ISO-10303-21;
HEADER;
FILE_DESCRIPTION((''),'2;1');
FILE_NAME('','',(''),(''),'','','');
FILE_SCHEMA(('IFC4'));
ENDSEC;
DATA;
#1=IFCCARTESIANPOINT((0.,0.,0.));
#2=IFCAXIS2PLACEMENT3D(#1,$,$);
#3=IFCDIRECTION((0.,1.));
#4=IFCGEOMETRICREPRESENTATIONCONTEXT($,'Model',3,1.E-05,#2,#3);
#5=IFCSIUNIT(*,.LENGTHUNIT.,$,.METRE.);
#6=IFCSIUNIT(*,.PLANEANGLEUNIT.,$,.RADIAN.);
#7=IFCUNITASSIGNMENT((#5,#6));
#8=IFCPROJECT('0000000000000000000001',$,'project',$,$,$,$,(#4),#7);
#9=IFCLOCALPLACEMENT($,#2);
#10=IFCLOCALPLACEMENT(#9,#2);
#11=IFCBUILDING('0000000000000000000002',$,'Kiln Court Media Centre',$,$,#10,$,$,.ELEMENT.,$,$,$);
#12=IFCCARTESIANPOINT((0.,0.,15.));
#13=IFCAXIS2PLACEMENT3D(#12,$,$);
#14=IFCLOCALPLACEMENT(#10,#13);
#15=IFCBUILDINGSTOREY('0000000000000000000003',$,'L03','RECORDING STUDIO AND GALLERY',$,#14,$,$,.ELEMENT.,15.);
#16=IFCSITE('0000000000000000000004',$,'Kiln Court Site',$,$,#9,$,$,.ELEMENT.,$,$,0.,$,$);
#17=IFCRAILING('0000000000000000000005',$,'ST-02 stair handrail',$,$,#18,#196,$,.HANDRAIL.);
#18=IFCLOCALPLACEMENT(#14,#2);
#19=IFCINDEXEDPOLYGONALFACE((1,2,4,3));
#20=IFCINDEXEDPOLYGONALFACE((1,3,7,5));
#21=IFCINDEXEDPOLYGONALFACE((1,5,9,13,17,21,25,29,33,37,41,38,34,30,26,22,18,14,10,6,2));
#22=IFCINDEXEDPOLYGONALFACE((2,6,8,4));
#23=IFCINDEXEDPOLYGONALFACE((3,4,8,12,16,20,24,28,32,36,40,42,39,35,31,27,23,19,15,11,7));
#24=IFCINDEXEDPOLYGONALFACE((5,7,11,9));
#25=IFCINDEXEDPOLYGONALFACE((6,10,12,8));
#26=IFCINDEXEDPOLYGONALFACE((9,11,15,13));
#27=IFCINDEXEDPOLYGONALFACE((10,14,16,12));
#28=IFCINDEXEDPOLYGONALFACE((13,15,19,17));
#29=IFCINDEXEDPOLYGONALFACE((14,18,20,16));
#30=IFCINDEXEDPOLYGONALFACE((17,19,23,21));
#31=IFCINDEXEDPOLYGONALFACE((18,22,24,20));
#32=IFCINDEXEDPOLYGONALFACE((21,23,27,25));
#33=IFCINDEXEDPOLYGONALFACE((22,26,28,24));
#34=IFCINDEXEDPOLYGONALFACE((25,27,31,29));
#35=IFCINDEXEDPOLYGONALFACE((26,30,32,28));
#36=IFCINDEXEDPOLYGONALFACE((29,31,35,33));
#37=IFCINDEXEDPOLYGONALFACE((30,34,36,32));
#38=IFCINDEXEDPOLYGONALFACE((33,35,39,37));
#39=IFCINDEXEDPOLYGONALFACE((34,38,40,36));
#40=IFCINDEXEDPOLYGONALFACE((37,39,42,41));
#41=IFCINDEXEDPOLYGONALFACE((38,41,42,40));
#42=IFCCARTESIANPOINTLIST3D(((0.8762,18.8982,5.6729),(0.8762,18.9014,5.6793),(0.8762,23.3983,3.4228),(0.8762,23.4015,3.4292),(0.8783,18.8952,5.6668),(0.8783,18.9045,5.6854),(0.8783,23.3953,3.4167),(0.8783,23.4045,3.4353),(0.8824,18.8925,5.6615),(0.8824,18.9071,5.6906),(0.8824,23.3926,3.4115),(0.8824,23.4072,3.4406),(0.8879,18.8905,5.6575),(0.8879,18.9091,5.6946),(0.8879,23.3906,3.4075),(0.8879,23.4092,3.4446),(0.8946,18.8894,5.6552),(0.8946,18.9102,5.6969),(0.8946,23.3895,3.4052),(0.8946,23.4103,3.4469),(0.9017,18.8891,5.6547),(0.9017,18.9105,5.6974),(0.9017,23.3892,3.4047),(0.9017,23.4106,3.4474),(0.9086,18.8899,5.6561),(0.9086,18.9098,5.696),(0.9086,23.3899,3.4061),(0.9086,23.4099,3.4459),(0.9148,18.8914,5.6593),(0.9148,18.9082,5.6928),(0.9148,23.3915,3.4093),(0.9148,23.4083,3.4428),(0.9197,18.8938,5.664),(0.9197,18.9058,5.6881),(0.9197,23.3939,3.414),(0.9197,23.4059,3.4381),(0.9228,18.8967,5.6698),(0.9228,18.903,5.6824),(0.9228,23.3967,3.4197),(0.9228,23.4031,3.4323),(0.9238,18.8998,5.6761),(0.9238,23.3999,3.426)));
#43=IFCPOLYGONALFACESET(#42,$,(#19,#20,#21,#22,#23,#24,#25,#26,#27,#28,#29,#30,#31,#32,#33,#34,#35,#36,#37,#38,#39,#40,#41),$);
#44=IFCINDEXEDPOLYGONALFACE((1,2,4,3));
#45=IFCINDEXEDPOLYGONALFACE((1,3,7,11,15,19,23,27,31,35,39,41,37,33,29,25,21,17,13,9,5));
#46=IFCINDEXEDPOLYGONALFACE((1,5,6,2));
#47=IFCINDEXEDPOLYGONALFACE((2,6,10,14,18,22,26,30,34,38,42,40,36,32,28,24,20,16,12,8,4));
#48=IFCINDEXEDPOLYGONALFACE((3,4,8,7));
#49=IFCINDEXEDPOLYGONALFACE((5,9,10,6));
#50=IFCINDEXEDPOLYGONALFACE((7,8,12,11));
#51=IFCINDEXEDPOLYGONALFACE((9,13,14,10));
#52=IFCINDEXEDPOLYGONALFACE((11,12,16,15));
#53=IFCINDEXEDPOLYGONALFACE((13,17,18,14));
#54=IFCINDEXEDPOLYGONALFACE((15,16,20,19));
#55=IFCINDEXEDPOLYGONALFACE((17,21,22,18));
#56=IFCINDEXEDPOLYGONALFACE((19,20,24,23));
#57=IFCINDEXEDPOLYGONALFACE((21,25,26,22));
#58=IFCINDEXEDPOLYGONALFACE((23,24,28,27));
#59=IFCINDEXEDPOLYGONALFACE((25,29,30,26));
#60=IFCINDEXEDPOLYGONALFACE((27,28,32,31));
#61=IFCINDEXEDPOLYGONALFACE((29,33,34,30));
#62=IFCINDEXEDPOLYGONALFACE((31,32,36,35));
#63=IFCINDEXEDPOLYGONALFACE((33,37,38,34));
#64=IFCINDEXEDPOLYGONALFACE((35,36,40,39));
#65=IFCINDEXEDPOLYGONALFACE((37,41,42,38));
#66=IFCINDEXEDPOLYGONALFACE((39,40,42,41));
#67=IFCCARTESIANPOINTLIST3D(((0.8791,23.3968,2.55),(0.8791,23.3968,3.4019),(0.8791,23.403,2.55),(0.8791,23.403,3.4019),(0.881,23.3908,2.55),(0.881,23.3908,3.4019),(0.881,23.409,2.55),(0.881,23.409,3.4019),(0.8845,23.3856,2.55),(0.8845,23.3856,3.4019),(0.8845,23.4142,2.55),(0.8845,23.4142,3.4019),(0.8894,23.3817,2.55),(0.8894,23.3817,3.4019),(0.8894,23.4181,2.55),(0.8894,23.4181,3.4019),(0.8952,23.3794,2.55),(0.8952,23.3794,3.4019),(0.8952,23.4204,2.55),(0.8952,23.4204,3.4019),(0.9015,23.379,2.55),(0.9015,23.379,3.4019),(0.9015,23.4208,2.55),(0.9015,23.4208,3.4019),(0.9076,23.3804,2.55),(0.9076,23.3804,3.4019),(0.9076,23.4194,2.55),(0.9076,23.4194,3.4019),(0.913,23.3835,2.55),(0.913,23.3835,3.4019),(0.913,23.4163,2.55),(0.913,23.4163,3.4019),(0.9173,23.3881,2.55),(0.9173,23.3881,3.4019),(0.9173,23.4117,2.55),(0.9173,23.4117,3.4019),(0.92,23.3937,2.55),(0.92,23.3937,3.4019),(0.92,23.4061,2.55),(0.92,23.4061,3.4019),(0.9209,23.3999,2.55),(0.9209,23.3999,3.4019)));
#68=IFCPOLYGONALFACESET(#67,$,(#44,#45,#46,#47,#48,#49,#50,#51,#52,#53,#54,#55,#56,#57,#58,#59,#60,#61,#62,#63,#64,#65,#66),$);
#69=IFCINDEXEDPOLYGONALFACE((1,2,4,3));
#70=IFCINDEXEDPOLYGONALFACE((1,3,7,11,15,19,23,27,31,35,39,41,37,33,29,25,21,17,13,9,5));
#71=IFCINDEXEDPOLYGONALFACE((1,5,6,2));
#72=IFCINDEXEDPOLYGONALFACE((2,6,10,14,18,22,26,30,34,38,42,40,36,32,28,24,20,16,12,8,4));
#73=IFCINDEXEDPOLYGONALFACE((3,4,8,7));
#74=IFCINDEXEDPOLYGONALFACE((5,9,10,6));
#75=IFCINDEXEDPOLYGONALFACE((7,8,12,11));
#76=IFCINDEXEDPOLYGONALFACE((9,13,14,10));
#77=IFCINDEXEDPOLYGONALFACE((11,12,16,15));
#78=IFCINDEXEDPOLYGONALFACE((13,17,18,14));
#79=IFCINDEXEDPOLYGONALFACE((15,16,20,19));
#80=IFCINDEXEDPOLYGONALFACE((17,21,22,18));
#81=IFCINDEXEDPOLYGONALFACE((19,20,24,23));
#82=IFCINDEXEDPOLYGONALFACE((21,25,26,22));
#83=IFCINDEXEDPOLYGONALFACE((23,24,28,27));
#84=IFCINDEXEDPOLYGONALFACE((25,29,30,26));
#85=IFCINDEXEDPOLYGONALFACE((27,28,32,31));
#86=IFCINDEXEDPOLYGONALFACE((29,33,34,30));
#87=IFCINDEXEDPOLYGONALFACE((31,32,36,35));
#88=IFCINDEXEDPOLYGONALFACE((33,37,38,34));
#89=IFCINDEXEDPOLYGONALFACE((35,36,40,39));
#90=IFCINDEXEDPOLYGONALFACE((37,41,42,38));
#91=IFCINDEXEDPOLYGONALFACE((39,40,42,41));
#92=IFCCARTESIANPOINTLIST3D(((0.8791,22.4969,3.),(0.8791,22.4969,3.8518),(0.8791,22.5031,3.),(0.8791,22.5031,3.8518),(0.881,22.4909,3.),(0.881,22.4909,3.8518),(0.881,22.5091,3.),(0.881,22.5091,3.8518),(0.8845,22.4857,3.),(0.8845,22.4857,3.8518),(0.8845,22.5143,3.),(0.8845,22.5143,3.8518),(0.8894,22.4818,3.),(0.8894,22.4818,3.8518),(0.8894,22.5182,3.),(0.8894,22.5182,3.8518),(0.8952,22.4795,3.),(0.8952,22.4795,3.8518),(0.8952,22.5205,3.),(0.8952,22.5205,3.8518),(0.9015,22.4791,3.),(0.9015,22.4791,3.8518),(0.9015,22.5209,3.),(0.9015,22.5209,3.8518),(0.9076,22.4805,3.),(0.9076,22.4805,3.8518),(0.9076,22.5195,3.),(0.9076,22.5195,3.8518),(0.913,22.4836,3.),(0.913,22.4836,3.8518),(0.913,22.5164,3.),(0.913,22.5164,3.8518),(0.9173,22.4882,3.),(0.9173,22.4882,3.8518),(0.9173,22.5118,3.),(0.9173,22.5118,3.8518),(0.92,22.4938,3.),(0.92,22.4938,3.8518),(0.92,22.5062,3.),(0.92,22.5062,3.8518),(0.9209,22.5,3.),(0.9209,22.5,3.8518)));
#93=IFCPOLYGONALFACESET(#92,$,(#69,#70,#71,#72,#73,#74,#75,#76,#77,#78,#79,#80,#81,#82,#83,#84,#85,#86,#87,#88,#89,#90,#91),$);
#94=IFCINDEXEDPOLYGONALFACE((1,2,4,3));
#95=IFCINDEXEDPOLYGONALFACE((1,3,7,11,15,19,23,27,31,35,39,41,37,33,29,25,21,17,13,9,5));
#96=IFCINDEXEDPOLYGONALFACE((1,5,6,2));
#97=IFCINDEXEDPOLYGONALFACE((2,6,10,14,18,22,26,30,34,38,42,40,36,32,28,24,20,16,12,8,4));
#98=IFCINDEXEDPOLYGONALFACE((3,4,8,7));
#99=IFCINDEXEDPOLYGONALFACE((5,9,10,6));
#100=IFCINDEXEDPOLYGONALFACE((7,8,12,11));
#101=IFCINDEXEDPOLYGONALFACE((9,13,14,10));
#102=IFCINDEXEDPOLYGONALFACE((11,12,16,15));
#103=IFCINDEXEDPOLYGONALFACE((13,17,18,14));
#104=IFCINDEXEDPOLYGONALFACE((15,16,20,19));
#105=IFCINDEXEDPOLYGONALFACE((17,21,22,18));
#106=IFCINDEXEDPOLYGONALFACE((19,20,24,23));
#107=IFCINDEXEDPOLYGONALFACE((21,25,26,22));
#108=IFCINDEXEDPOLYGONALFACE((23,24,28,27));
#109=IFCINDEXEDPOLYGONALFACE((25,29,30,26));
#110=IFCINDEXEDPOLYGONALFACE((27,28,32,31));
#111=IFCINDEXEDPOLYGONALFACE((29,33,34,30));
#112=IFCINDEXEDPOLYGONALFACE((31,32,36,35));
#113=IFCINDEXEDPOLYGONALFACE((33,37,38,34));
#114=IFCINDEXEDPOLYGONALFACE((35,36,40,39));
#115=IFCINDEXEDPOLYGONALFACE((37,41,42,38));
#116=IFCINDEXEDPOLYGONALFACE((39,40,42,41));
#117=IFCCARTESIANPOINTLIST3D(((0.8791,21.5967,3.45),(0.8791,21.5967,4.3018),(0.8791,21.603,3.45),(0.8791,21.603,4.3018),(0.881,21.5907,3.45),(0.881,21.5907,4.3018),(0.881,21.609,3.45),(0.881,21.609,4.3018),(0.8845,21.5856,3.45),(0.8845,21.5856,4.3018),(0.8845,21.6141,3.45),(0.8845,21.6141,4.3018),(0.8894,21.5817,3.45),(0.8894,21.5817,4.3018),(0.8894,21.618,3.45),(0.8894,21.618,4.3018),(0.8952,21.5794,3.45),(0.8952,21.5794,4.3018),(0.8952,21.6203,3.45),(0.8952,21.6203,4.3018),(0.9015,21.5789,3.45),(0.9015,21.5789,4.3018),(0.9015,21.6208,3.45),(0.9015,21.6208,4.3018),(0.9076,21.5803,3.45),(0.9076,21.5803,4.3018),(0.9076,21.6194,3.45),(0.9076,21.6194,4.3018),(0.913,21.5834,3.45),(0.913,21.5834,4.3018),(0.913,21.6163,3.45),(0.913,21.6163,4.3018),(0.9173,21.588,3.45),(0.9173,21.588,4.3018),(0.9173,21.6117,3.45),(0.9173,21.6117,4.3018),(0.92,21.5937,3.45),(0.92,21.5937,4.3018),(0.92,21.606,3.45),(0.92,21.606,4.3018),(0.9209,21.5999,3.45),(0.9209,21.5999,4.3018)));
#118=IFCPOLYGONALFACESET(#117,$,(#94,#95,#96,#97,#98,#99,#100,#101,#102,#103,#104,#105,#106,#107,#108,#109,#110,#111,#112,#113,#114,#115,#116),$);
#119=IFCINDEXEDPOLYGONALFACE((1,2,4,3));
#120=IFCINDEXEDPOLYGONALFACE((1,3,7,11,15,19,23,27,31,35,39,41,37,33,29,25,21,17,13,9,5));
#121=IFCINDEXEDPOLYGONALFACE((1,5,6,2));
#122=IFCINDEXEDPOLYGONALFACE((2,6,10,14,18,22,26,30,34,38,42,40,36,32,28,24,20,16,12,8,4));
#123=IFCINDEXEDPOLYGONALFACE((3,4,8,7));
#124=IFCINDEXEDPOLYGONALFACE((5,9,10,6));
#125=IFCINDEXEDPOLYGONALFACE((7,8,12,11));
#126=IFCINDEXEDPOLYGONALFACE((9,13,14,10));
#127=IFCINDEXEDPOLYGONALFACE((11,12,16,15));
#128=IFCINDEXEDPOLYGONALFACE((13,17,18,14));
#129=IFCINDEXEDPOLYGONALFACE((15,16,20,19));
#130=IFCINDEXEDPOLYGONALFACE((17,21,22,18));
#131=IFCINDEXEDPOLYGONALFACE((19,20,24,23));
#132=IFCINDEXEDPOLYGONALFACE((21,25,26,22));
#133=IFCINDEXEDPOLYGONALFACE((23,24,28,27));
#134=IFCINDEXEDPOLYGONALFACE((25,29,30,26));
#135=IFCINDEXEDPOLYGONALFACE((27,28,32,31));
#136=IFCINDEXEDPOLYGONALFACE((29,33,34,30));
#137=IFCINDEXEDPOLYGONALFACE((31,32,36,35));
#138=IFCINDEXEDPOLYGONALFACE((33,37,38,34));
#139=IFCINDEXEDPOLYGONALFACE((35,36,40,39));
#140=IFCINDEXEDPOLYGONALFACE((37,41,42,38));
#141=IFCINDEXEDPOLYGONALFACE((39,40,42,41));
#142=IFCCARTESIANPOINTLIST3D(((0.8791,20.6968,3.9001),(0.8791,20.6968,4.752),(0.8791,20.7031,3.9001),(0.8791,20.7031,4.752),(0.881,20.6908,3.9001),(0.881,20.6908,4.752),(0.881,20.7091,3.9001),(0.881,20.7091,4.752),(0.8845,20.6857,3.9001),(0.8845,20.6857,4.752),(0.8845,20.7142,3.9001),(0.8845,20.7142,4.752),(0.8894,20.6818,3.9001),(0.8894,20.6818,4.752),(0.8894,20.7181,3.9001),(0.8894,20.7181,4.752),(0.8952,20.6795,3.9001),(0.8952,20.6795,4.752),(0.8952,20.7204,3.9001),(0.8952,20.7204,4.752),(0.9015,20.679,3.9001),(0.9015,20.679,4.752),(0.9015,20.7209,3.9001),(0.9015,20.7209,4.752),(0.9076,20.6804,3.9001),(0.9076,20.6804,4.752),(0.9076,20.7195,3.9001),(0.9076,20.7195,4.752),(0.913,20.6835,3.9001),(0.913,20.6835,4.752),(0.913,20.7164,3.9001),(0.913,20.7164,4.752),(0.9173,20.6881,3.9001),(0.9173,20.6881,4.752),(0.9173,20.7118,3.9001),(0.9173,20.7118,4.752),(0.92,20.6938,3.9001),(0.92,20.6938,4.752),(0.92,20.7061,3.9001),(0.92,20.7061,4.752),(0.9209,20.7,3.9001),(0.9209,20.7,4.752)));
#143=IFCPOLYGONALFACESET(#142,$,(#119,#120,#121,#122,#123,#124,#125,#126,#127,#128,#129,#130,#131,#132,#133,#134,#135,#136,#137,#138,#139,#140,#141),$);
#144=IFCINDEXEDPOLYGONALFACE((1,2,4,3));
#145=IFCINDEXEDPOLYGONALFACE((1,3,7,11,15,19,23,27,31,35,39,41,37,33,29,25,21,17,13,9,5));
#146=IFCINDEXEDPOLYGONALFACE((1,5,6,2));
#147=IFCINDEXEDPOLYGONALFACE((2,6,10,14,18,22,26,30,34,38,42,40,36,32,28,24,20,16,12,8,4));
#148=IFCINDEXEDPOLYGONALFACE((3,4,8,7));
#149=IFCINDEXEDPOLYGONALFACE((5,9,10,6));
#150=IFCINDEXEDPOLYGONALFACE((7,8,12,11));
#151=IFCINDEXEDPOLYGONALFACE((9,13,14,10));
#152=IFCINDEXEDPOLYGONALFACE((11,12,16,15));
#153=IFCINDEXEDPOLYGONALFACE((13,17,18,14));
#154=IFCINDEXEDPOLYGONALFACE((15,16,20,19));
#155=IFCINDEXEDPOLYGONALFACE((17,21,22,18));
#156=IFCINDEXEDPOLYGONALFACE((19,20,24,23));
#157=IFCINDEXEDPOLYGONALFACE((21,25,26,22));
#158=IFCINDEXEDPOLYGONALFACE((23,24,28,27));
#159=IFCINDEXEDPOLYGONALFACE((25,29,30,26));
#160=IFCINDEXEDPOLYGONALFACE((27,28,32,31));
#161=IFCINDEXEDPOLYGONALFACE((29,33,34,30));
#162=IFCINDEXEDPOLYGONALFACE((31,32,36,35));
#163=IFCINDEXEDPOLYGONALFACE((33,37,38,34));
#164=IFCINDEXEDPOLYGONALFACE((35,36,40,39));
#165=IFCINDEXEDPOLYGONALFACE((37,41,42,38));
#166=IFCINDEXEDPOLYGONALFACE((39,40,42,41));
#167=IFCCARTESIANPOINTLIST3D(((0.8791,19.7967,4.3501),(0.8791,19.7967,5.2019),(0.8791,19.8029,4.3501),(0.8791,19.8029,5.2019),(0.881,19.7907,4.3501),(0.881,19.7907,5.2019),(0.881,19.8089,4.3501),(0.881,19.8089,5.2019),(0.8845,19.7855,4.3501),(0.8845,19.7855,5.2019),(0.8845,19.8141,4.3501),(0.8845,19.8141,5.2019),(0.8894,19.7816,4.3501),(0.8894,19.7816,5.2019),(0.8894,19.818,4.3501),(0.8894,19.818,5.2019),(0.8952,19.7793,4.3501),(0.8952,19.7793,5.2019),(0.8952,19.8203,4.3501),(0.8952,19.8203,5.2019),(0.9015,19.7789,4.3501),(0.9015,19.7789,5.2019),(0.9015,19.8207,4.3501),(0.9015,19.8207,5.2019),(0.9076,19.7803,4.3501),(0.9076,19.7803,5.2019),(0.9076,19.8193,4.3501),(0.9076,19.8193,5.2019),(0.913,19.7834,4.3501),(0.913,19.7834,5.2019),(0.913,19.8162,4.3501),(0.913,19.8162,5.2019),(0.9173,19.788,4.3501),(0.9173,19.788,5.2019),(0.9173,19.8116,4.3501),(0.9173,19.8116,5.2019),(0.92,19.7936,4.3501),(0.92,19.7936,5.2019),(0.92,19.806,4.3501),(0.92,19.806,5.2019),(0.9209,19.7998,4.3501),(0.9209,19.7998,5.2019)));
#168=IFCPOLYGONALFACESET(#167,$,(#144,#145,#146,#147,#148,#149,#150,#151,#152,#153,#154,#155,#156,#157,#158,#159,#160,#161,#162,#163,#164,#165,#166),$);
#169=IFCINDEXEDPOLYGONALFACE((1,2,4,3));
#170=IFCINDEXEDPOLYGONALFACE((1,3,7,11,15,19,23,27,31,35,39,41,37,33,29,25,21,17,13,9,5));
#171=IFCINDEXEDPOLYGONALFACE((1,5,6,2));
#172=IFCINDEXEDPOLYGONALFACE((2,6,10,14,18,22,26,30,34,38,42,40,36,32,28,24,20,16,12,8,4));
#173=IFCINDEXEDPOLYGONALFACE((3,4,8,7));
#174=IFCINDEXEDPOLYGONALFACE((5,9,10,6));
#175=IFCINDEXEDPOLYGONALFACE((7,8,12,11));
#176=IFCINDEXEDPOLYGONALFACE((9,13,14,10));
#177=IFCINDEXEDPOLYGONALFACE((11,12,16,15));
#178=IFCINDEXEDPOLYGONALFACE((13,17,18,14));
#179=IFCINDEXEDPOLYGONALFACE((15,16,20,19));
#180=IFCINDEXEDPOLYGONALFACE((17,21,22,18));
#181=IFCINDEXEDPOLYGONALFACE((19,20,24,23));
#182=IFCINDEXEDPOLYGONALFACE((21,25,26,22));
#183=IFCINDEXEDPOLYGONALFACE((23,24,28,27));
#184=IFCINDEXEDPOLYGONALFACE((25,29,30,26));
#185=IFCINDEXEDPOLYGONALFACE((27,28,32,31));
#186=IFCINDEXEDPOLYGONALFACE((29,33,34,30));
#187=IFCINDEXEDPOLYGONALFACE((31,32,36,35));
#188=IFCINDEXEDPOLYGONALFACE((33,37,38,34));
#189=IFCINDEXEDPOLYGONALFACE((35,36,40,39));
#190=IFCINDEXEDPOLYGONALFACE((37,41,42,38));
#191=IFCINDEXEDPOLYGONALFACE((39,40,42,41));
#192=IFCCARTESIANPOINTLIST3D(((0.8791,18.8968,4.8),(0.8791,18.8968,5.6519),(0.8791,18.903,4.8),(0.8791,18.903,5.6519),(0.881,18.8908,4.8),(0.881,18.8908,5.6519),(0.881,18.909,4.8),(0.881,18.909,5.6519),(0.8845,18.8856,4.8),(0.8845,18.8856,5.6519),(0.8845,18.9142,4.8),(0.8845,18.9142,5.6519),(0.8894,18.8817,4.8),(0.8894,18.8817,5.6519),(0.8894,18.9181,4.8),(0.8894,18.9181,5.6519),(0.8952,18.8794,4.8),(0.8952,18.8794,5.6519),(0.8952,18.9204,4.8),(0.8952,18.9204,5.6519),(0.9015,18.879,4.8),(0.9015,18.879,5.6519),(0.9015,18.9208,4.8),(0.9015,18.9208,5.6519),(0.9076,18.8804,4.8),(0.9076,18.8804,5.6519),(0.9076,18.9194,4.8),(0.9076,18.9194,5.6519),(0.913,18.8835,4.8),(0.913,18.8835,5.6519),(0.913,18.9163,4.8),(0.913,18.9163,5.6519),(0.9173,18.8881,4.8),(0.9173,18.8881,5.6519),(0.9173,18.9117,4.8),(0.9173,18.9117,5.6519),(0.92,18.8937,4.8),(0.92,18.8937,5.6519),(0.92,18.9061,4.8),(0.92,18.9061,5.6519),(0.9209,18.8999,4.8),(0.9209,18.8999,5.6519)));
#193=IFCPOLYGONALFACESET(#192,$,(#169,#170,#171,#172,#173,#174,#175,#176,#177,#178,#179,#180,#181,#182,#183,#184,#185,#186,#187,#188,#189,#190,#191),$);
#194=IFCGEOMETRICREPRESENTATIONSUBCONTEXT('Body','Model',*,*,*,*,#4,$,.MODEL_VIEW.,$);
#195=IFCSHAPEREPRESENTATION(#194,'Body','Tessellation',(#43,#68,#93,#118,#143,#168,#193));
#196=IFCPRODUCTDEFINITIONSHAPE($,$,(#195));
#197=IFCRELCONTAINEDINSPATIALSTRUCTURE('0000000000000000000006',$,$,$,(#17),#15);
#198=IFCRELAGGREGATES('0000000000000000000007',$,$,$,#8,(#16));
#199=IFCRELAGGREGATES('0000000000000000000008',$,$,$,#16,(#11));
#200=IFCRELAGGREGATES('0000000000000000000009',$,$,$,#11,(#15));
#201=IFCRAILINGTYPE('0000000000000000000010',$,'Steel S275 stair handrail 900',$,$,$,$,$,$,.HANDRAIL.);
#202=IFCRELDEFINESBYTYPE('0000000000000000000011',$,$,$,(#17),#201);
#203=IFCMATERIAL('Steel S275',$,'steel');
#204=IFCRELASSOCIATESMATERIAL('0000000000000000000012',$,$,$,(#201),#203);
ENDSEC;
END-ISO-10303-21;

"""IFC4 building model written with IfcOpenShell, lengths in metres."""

from ifc_helpers import new_model, si_unit, direction, frame, origin, origin_2d, place, context, subcontext, project, spatial, circle, extrude, material, type_object, element, save


model = new_model("IFC4")

# Units and contexts
model_context = context("Model", 3, precision=1e-05, world=origin(), true_north=direction((0.0, 1.0)))
body_context = subcontext(model_context, "Body", "Model", "MODEL_VIEW")
ifc_project = project(units=[si_unit("LENGTHUNIT", "METRE"), si_unit("PLANEANGLEUNIT", "RADIAN")], contexts=[model_context])

# Site, building, storey
site_placement = place(None, origin())
site = spatial("IfcSite", under=ifc_project, at=site_placement, Name="Kiln Court Site", CompositionType="ELEMENT", RefElevation=0.0)
building_placement = place(site_placement, origin())
building = spatial("IfcBuilding", under=site, at=building_placement, Name="Kiln Court Media Centre", CompositionType="ELEMENT")
storey_placement = place(building_placement, frame((0.0, 0.0, 15.0)))
storey = spatial("IfcBuildingStorey", under=building, at=storey_placement, Name="L03", Description="RECORDING STUDIO AND GALLERY", CompositionType="ELEMENT", Elevation=15.0)

# Railing
ifc_material_1 = material(Name="Steel S275", Category="steel")
railing_type_1 = type_object("IfcRailingType", Name="Steel S275 stair handrail 900", PredefinedType="HANDRAIL", material=ifc_material_1)
railing_1_placement = place(storey_placement, frame((0.8999, 23.3999, 2.55)))
element("IfcRailing", 1, at=railing_1_placement, inside=storey, type_object=railing_type_1, Name="ST-02 stair handrail", PredefinedType="HANDRAIL", context=body_context, shape_type="SweptSolid", body=[
    extrude(circle(Radius=0.0239, at=origin_2d()), frame((0.0, 0.0, 0.876), z_axis=(0.0, -0.894427, 0.447214), x_axis=(1.0, 0.0, 0.0)), (0.0, 0.0, 1.0), 5.0312),
    extrude(circle(Radius=0.021, at=origin_2d()), origin(), (0.0, 0.0, 1.0), 0.8518),
    extrude(circle(Radius=0.021, at=origin_2d()), frame((0.0, -0.8999, 0.45)), (0.0, 0.0, 1.0), 0.8518),
    extrude(circle(Radius=0.021, at=origin_2d()), frame((0.0, -1.8, 0.8999)), (0.0, 0.0, 1.0), 0.8518),
    extrude(circle(Radius=0.021, at=origin_2d()), frame((0.0, -2.7, 1.3501)), (0.0, 0.0, 1.0), 0.8518),
    extrude(circle(Radius=0.021, at=origin_2d()), frame((0.0, -3.6001, 1.8)), (0.0, 0.0, 1.0), 0.8518),
    extrude(circle(Radius=0.021, at=origin_2d()), frame((0.0, -4.5, 2.25)), (0.0, 0.0, 1.0), 0.8518),
])

save(model, "model.ifc")
